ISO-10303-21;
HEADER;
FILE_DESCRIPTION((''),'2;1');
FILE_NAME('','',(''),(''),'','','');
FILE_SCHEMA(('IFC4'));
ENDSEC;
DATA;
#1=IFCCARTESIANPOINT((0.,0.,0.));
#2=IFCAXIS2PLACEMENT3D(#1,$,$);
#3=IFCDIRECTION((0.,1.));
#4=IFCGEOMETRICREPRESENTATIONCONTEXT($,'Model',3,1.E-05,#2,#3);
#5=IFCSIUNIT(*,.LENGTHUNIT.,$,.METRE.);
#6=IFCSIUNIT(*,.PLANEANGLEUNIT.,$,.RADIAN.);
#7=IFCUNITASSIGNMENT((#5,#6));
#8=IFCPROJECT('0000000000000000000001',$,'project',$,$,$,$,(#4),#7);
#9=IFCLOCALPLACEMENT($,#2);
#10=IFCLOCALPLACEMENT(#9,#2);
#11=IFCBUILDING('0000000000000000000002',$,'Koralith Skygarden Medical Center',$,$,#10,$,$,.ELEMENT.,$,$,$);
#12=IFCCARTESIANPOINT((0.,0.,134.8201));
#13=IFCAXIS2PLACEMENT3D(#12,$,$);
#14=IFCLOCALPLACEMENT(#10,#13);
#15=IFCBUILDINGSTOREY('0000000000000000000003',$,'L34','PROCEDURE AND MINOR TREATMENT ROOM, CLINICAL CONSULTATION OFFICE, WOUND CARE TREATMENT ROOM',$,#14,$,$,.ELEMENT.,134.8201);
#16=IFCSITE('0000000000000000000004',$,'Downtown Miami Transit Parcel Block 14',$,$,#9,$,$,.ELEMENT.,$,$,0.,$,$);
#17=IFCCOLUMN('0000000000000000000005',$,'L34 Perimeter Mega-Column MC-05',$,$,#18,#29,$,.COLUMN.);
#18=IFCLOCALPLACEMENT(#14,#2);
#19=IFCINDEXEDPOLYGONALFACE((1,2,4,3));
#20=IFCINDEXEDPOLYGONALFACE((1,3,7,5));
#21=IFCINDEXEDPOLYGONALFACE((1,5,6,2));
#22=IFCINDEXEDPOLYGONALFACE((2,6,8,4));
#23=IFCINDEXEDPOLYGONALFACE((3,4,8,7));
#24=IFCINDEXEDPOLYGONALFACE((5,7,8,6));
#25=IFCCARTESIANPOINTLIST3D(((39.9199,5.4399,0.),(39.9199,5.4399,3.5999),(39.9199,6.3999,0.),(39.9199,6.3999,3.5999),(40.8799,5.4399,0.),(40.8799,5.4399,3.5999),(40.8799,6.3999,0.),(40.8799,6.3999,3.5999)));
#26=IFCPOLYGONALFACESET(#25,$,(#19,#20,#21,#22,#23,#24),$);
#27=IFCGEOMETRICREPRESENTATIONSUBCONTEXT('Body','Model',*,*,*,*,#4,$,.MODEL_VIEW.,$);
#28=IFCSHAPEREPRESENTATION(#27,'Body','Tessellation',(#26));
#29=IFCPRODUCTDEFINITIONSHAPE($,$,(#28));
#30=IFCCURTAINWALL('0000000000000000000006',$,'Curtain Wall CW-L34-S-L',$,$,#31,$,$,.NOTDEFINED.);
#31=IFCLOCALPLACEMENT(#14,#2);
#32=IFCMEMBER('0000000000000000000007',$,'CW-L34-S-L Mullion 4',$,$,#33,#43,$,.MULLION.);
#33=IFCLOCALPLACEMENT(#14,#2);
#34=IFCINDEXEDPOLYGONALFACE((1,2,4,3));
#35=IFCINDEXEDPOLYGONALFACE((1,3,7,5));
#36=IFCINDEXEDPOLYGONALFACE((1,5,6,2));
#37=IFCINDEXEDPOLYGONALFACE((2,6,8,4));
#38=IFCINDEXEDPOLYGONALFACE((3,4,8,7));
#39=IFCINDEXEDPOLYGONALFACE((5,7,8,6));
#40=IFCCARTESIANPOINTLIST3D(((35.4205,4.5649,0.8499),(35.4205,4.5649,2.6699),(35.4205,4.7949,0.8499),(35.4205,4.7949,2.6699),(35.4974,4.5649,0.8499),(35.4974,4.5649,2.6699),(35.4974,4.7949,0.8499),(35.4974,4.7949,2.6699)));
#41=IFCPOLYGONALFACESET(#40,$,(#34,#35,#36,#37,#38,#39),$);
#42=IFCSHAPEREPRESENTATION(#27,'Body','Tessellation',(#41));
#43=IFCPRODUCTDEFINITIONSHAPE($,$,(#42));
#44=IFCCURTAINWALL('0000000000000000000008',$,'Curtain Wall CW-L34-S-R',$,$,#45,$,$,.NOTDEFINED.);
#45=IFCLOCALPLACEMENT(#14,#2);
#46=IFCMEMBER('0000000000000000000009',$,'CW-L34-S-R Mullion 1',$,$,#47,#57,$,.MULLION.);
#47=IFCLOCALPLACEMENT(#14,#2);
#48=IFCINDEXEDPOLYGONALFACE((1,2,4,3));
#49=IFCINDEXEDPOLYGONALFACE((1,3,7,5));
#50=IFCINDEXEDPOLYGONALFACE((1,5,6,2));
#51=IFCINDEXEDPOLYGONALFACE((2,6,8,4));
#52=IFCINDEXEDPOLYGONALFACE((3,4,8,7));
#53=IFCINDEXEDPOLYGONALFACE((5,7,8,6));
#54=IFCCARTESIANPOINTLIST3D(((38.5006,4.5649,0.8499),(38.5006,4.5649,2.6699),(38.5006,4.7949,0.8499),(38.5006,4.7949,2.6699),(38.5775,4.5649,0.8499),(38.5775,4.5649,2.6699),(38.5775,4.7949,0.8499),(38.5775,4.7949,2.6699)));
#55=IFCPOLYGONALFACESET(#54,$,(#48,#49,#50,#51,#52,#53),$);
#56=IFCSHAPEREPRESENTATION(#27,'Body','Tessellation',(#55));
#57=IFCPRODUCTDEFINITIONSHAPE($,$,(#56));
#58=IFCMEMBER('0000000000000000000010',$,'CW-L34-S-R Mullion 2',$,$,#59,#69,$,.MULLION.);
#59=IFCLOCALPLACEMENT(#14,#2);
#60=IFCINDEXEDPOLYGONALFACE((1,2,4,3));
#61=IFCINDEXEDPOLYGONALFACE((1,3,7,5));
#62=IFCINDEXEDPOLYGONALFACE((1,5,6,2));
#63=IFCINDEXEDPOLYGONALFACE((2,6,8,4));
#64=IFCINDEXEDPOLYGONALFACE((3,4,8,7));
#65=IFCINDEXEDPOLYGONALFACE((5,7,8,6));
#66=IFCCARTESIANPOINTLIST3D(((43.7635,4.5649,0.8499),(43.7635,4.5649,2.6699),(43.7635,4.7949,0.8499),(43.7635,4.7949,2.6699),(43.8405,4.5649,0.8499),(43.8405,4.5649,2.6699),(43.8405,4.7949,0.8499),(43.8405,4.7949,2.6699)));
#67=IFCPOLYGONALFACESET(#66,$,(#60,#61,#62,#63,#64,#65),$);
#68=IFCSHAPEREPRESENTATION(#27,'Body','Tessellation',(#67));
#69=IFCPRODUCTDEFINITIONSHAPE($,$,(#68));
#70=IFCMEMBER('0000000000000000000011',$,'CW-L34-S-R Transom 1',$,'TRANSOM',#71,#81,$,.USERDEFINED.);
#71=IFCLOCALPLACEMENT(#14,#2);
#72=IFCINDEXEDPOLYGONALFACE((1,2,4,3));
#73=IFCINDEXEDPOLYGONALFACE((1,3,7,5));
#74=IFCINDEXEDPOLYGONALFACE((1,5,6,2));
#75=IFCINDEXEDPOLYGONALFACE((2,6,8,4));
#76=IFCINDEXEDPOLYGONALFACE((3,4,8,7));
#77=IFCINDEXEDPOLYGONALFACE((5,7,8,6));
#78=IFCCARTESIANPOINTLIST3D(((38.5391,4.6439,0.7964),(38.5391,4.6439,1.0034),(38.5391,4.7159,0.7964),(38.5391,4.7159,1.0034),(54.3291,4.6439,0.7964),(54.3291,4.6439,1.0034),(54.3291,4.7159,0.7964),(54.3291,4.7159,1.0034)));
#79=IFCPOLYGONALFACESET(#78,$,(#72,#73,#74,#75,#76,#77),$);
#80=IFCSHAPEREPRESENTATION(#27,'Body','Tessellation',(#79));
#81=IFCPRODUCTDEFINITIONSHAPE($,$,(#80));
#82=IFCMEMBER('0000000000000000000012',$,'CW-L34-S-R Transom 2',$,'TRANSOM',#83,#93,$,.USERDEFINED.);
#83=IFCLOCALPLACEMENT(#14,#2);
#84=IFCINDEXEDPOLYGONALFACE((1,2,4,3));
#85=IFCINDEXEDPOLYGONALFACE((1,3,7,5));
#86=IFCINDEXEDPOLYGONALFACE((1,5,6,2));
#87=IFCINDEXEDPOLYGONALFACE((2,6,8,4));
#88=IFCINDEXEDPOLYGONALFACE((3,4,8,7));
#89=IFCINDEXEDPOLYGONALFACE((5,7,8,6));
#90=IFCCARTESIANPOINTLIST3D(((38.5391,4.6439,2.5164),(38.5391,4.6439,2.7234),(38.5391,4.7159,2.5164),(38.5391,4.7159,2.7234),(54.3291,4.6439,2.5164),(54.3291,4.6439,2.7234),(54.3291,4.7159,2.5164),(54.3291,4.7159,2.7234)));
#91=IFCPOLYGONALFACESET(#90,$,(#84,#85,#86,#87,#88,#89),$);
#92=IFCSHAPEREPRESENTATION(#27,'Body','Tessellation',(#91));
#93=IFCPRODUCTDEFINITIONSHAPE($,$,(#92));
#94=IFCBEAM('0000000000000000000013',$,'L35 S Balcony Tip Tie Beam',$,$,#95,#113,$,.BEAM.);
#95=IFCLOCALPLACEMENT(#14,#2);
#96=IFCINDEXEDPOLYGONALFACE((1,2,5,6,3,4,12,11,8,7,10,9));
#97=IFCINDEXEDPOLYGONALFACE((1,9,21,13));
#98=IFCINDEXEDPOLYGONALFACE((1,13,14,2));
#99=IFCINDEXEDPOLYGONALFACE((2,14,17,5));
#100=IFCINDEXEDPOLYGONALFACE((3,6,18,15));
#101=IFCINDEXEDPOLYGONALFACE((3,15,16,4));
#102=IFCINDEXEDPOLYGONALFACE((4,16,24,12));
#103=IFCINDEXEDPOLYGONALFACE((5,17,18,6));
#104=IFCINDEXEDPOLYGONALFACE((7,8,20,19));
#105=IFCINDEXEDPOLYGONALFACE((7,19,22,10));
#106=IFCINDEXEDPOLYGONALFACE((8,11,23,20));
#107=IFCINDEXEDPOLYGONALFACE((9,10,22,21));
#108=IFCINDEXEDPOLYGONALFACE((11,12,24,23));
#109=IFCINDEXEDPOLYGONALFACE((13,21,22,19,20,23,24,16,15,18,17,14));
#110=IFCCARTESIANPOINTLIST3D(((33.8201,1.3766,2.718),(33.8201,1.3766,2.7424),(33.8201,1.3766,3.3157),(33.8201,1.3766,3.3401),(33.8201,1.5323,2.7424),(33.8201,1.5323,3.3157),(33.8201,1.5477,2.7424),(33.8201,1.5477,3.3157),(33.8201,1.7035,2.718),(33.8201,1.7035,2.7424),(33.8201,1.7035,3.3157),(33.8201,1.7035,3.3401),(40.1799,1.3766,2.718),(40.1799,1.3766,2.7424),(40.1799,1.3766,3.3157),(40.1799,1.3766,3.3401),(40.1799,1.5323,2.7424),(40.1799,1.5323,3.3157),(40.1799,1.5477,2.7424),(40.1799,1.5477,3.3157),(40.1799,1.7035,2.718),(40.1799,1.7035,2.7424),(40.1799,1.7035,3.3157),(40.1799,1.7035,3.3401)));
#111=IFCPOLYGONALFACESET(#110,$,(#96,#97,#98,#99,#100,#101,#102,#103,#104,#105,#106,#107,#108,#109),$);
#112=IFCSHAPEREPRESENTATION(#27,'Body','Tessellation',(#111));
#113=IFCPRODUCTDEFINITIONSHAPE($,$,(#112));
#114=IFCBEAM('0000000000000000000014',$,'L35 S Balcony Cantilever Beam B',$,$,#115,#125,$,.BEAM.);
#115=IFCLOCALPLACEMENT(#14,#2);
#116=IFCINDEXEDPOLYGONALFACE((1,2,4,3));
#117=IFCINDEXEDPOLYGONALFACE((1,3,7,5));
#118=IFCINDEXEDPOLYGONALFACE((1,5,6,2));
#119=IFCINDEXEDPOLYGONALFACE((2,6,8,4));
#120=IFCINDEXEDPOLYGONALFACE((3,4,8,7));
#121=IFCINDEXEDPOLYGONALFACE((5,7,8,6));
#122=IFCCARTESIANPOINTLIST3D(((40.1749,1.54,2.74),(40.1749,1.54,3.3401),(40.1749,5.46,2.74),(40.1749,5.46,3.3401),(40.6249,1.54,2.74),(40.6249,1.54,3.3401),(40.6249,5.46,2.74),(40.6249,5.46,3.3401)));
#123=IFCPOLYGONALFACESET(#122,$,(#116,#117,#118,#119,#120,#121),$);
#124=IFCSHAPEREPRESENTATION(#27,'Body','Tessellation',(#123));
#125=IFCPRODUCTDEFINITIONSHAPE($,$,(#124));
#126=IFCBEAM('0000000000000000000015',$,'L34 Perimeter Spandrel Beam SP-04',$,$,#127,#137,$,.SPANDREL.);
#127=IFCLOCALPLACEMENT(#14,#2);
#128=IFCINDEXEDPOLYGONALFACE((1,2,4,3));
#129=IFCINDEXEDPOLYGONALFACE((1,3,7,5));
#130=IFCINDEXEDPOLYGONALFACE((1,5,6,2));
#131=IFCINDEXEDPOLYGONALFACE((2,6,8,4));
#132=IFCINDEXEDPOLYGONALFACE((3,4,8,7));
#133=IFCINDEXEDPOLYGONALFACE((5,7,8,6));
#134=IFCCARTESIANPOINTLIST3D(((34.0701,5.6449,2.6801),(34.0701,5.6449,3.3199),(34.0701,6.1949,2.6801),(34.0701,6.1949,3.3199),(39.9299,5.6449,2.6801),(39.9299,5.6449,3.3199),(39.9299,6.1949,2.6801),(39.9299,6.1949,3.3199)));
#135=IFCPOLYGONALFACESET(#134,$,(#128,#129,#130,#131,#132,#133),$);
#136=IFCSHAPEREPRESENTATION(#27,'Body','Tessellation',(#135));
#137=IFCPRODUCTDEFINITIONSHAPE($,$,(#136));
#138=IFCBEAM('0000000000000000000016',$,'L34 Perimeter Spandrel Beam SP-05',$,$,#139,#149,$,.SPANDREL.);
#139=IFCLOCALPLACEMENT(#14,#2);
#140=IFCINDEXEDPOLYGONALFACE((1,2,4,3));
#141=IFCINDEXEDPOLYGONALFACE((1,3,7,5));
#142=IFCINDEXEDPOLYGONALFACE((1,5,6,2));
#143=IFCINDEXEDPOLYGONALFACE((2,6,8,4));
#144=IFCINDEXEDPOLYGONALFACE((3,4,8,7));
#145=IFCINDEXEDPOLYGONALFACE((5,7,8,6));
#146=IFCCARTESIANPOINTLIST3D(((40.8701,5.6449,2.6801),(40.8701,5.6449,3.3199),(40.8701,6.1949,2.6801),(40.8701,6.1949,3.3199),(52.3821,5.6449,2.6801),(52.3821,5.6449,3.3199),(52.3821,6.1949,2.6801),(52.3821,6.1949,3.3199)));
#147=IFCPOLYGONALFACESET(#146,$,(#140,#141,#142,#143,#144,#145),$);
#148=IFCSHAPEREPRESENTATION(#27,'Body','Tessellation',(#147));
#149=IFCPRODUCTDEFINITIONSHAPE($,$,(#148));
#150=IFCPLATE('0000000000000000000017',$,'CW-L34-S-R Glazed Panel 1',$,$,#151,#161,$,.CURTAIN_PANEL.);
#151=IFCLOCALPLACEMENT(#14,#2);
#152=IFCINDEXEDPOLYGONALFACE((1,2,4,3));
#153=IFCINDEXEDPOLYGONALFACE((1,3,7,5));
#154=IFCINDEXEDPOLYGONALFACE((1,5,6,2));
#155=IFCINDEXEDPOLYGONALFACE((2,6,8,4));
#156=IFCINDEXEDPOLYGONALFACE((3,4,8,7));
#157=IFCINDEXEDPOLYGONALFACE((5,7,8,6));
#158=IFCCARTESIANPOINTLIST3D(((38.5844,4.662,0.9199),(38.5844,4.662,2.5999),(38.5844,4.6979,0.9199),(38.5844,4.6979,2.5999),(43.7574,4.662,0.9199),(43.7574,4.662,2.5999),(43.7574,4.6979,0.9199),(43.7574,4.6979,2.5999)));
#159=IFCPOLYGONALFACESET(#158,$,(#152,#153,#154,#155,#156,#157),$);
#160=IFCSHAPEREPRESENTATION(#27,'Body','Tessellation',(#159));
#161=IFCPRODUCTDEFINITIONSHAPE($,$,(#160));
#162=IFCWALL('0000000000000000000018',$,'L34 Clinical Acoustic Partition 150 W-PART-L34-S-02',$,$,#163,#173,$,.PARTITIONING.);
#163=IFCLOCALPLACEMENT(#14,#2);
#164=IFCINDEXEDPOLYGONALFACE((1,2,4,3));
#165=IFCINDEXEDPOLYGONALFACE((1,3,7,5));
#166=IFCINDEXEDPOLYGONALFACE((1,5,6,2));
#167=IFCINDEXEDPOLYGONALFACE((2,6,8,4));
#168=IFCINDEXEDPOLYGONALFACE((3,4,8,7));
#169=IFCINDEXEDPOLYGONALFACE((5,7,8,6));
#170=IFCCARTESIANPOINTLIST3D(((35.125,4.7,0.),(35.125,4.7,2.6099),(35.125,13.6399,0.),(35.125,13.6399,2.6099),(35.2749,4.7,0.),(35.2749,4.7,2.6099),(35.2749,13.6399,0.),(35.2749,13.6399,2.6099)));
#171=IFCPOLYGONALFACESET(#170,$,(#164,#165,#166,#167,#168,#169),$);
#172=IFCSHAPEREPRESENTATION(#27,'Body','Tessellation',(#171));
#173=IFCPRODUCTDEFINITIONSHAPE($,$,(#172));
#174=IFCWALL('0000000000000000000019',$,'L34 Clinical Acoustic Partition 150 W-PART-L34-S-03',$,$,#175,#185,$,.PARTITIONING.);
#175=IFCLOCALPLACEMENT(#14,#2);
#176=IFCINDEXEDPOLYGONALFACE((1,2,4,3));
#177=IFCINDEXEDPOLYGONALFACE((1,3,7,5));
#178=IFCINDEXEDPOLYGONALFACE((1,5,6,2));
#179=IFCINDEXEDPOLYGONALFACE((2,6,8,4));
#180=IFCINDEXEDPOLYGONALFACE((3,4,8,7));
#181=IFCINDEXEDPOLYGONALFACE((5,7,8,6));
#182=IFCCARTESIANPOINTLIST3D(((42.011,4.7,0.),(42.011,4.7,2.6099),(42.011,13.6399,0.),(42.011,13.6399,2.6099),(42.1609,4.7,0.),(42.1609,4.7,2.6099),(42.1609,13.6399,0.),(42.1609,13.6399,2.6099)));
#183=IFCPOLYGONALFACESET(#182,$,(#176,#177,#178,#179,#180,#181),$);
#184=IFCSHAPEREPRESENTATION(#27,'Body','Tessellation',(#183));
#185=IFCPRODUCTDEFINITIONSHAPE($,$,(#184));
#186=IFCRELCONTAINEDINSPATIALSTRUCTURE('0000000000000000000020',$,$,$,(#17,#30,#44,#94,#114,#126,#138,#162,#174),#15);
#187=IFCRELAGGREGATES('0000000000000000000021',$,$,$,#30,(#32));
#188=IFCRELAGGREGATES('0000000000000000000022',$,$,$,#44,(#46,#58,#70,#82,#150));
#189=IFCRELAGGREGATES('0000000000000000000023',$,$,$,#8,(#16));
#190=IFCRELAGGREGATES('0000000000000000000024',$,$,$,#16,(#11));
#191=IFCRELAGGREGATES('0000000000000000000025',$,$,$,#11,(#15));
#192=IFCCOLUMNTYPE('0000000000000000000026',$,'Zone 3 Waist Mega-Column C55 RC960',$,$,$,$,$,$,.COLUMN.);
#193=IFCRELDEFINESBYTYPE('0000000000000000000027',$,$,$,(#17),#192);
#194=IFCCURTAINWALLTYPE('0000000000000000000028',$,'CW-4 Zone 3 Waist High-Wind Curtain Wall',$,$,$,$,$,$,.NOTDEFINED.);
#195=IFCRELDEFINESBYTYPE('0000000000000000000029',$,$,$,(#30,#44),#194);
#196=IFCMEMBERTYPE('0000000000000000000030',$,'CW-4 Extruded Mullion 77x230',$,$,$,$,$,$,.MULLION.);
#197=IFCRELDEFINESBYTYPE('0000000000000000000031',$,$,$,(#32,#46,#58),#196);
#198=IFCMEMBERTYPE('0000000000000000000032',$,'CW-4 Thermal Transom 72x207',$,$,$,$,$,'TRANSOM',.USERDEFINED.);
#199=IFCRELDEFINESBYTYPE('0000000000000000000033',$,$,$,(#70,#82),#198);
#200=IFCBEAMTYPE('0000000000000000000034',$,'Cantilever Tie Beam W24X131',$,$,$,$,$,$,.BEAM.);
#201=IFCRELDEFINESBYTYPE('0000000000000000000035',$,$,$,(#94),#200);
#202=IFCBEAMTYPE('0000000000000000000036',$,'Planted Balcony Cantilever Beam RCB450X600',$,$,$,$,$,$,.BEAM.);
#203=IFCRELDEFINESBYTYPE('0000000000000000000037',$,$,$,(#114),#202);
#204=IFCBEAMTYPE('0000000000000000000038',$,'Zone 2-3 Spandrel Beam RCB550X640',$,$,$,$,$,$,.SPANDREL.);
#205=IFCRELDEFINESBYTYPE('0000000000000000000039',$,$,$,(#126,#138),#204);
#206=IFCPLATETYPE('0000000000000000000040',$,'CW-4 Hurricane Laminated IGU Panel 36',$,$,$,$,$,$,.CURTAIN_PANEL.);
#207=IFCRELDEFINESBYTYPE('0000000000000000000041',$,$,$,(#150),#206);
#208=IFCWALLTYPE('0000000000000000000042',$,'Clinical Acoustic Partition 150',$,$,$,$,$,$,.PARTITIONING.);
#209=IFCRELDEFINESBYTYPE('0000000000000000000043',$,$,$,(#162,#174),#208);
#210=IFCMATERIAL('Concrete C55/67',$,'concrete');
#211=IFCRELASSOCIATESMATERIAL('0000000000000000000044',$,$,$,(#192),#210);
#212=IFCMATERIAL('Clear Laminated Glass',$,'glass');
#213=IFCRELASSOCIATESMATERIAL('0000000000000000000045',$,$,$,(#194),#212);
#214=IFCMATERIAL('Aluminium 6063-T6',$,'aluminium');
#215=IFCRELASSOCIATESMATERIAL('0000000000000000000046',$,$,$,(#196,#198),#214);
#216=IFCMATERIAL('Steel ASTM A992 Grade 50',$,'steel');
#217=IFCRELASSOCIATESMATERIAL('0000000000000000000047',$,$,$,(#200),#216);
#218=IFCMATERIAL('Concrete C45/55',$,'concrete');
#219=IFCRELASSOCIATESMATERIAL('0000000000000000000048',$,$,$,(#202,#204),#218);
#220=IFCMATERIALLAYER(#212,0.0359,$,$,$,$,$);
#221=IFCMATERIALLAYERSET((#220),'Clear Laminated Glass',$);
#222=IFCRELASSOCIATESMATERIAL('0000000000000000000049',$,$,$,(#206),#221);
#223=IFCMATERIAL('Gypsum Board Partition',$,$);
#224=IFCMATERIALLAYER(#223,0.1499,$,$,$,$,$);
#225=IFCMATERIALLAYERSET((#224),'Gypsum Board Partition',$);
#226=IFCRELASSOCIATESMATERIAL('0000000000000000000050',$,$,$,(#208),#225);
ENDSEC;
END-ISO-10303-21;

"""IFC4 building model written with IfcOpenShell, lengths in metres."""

from ifc_helpers import new_model, si_unit, direction, frame, frame_2d, origin, origin_2d, place, context, subcontext, project, spatial, rectangle, i_section, extrude, material, layer, layer_set, material_profile, profile_set, type_object, element, aggregate, save


model = new_model("IFC4")

# Units and contexts
model_context = context("Model", 3, precision=1e-05, world=origin(), true_north=direction((0.0, 1.0)))
body_context = subcontext(model_context, "Body", "Model", "MODEL_VIEW")
ifc_project = project(units=[si_unit("LENGTHUNIT", "METRE"), si_unit("PLANEANGLEUNIT", "RADIAN")], contexts=[model_context])

# Site, building, storey
site_placement = place(None, origin())
site = spatial("IfcSite", under=ifc_project, at=site_placement, Name="Downtown Miami Transit Parcel Block 14", CompositionType="ELEMENT", RefElevation=0.0)
building_placement = place(site_placement, origin())
building = spatial("IfcBuilding", under=site, at=building_placement, Name="Koralith Skygarden Medical Center", CompositionType="ELEMENT")
storey_placement = place(building_placement, frame((0.0, 0.0, 134.8201)))
storey = spatial("IfcBuildingStorey", under=building, at=storey_placement, Name="L34", Description="PROCEDURE AND MINOR TREATMENT ROOM, CLINICAL CONSULTATION OFFICE, WOUND CARE TREATMENT ROOM", CompositionType="ELEMENT", Elevation=134.8201)

# Column
ifc_material_1 = material(Name="Concrete C55/67", Category="concrete")
ifc_material_profile_1 = material_profile(ifc_material_1, rectangle(XDim=0.96, YDim=0.96, at=origin_2d()), Name="RC960X960")
ifc_profile_set_1 = profile_set([ifc_material_profile_1], Name="Concrete C55/67")
column_type = type_object("IfcColumnType", Name="Zone 3 Waist Mega-Column C55 RC960", PredefinedType="COLUMN", material=ifc_profile_set_1)
column_placement = place(storey_placement, frame((40.3999, 5.9199, 0.0), z_axis=(0.0, 0.0, 1.0), x_axis=(1.0, 0.0, 0.0)))
element("IfcColumn", 1, at=column_placement, inside=storey, type_object=column_type, Name="L34 Perimeter Mega-Column MC-05", PredefinedType="COLUMN", context=body_context, shape_type="SweptSolid", body=[
    extrude(rectangle(XDim=0.96, YDim=0.96, at=origin_2d()), origin(), (0.0, 0.0, 1.0), 3.5999),
])

# Curtain wall, member
ifc_material_2 = material(Name="Clear Laminated Glass", Category="glass")
curtain_wall_type = type_object("IfcCurtainWallType", Name="CW-4 Zone 3 Waist High-Wind Curtain Wall", PredefinedType="NOTDEFINED", material=ifc_material_2)
curtain_wall_1_placement = place(storey_placement, origin())
curtain_wall_1 = element("IfcCurtainWall", 2, at=curtain_wall_1_placement, inside=storey, type_object=curtain_wall_type, Name="Curtain Wall CW-L34-S-L", PredefinedType="NOTDEFINED")
ifc_material_3 = material(Name="Aluminium 6063-T6", Category="aluminium")
ifc_material_profile_2 = material_profile(ifc_material_3, rectangle(XDim=0.0769, YDim=0.23, at=origin_2d()), Name="MUL77X230")
ifc_profile_set_2 = profile_set([ifc_material_profile_2], Name="Aluminium 6063-T6")
member_type_1 = type_object("IfcMemberType", Name="CW-4 Extruded Mullion 77x230", PredefinedType="MULLION", material=ifc_profile_set_2)
member_1_placement = place(storey_placement, frame((35.459, 4.6799, 0.8499), z_axis=(0.0, 0.0, 1.0), x_axis=(1.0, 0.0, 0.0)))
member_1 = element("IfcMember", 3, at=member_1_placement, type_object=member_type_1, Name="CW-L34-S-L Mullion 4", PredefinedType="MULLION", context=body_context, shape_type="SweptSolid", body=[
    extrude(rectangle(XDim=0.0769, YDim=0.23, at=origin_2d()), origin(), (0.0, 0.0, 1.0), 1.8201),
])
aggregate(curtain_wall_1, [member_1])

# Curtain wall, members
curtain_wall_2_placement = place(storey_placement, origin())
curtain_wall_2 = element("IfcCurtainWall", 4, at=curtain_wall_2_placement, inside=storey, type_object=curtain_wall_type, Name="Curtain Wall CW-L34-S-R", PredefinedType="NOTDEFINED")
member_2_placement = place(storey_placement, frame((38.5391, 4.6799, 0.8499), z_axis=(0.0, 0.0, 1.0), x_axis=(1.0, 0.0, 0.0)))
member_2 = element("IfcMember", 5, at=member_2_placement, type_object=member_type_1, Name="CW-L34-S-R Mullion 1", PredefinedType="MULLION", context=body_context, shape_type="SweptSolid", body=[
    extrude(rectangle(XDim=0.0769, YDim=0.23, at=origin_2d()), origin(), (0.0, 0.0, 1.0), 1.8201),
])
member_3_placement = place(storey_placement, frame((43.802, 4.6799, 0.8499), z_axis=(0.0, 0.0, 1.0), x_axis=(1.0, 0.0, 0.0)))
member_3 = element("IfcMember", 6, at=member_3_placement, type_object=member_type_1, Name="CW-L34-S-R Mullion 2", PredefinedType="MULLION", context=body_context, shape_type="SweptSolid", body=[
    extrude(rectangle(XDim=0.0769, YDim=0.23, at=origin_2d()), origin(), (0.0, 0.0, 1.0), 1.8201),
])
ifc_material_profile_3 = material_profile(ifc_material_3, rectangle(XDim=0.072, YDim=0.207, at=origin_2d()), Name="TRN72X207")
ifc_profile_set_3 = profile_set([ifc_material_profile_3], Name="Aluminium 6063-T6")
member_type_2 = type_object("IfcMemberType", Name="CW-4 Thermal Transom 72x207", ElementType="TRANSOM", PredefinedType="USERDEFINED", material=ifc_profile_set_3)
member_4_placement = place(storey_placement, frame((38.5391, 4.6799, 0.8999), z_axis=(1.0, 0.0, 0.0), x_axis=(0.0, 1.0, 0.0)))
member_4 = element("IfcMember", 7, at=member_4_placement, type_object=member_type_2, Name="CW-L34-S-R Transom 1", ObjectType="TRANSOM", PredefinedType="USERDEFINED", context=body_context, shape_type="SweptSolid", body=[
    extrude(rectangle(XDim=0.072, YDim=0.207, at=origin_2d()), origin(), (0.0, 0.0, 1.0), 15.79),
])
member_5_placement = place(storey_placement, frame((38.5391, 4.6799, 2.6199), z_axis=(1.0, 0.0, 0.0), x_axis=(0.0, 1.0, 0.0)))
member_5 = element("IfcMember", 8, at=member_5_placement, type_object=member_type_2, Name="CW-L34-S-R Transom 2", ObjectType="TRANSOM", PredefinedType="USERDEFINED", context=body_context, shape_type="SweptSolid", body=[
    extrude(rectangle(XDim=0.072, YDim=0.207, at=origin_2d()), origin(), (0.0, 0.0, 1.0), 15.79),
])

# Beams
ifc_material_4 = material(Name="Steel ASTM A992 Grade 50", Category="steel")
ifc_material_profile_4 = material_profile(ifc_material_4, i_section(OverallWidth=0.3269, OverallDepth=0.6221, WebThickness=0.0154, FlangeThickness=0.0244, at=origin_2d()), Name="W24X131")
ifc_profile_set_4 = profile_set([ifc_material_profile_4], Name="Steel ASTM A992 Grade 50")
beam_type_1 = type_object("IfcBeamType", Name="Cantilever Tie Beam W24X131", PredefinedType="BEAM", material=ifc_profile_set_4)
beam_1_placement = place(storey_placement, frame((33.8201, 1.54, 3.0291), z_axis=(1.0, 0.0, 0.0), x_axis=(0.0, 1.0, 0.0)))
element("IfcBeam", 9, at=beam_1_placement, inside=storey, type_object=beam_type_1, Name="L35 S Balcony Tip Tie Beam", PredefinedType="BEAM", context=body_context, shape_type="SweptSolid", body=[
    extrude(i_section(OverallWidth=0.3269, OverallDepth=0.6221, WebThickness=0.0154, FlangeThickness=0.0244, at=origin_2d()), origin(), (0.0, 0.0, 1.0), 6.3599),
])
ifc_material_5 = material(Name="Concrete C45/55", Category="concrete")
ifc_material_profile_5 = material_profile(ifc_material_5, rectangle(XDim=0.45, YDim=0.6001, at=origin_2d()), Name="RCB450X600")
ifc_profile_set_5 = profile_set([ifc_material_profile_5], Name="Concrete C45/55")
beam_type_2 = type_object("IfcBeamType", Name="Planted Balcony Cantilever Beam RCB450X600", PredefinedType="BEAM", material=ifc_profile_set_5)
beam_2_placement = place(storey_placement, frame((40.3999, 5.46, 3.04), z_axis=(0.0, -1.0, 0.0), x_axis=(1.0, 0.0, 0.0)))
element("IfcBeam", 10, at=beam_2_placement, inside=storey, type_object=beam_type_2, Name="L35 S Balcony Cantilever Beam B", PredefinedType="BEAM", context=body_context, shape_type="SweptSolid", body=[
    extrude(rectangle(XDim=0.45, YDim=0.6001, at=origin_2d()), origin(), (0.0, 0.0, 1.0), 3.9199),
])
ifc_material_profile_6 = material_profile(ifc_material_5, rectangle(XDim=0.55, YDim=0.6399, at=origin_2d()), Name="RCB550X640")
ifc_profile_set_6 = profile_set([ifc_material_profile_6], Name="Concrete C45/55")
beam_type_3 = type_object("IfcBeamType", Name="Zone 2-3 Spandrel Beam RCB550X640", PredefinedType="SPANDREL", material=ifc_profile_set_6)
beam_3_placement = place(storey_placement, frame((34.0701, 5.9199, 3.0), z_axis=(1.0, 0.0, 0.0), x_axis=(0.0, 1.0, 0.0)))
element("IfcBeam", 11, at=beam_3_placement, inside=storey, type_object=beam_type_3, Name="L34 Perimeter Spandrel Beam SP-04", PredefinedType="SPANDREL", context=body_context, shape_type="SweptSolid", body=[
    extrude(rectangle(XDim=0.55, YDim=0.6399, at=origin_2d()), origin(), (0.0, 0.0, 1.0), 5.8599),
])
beam_4_placement = place(storey_placement, frame((40.8701, 5.9199, 3.0), z_axis=(1.0, 0.0, 0.0), x_axis=(0.0, 1.0, 0.0)))
element("IfcBeam", 12, at=beam_4_placement, inside=storey, type_object=beam_type_3, Name="L34 Perimeter Spandrel Beam SP-05", PredefinedType="SPANDREL", context=body_context, shape_type="SweptSolid", body=[
    extrude(rectangle(XDim=0.55, YDim=0.6399, at=origin_2d()), origin(), (0.0, 0.0, 1.0), 11.512),
])

# Plate
ifc_layer_1 = layer(ifc_material_2, 0.0359)
ifc_layer_set_1 = layer_set([ifc_layer_1], Name="Clear Laminated Glass")
plate_type = type_object("IfcPlateType", Name="CW-4 Hurricane Laminated IGU Panel 36", PredefinedType="CURTAIN_PANEL", material=ifc_layer_set_1)
plate_placement = place(storey_placement, frame((41.1709, 4.6799, 0.9199), z_axis=(0.0, 0.0, 1.0), x_axis=(1.0, 0.0, 0.0)))
plate = element("IfcPlate", 13, at=plate_placement, type_object=plate_type, Name="CW-L34-S-R Glazed Panel 1", PredefinedType="CURTAIN_PANEL", context=body_context, shape_type="SweptSolid", body=[
    extrude(rectangle(XDim=5.1731, YDim=0.0359, at=origin_2d()), origin(), (0.0, 0.0, 1.0), 1.6799),
])
aggregate(curtain_wall_2, [member_2, member_3, member_4, member_5, plate])

# Walls
ifc_material_6 = material(Name="Gypsum Board Partition")
ifc_layer_2 = layer(ifc_material_6, 0.1499)
ifc_layer_set_2 = layer_set([ifc_layer_2], Name="Gypsum Board Partition")
wall_type_1 = type_object("IfcWallType", Name="Clinical Acoustic Partition 150", PredefinedType="PARTITIONING", material=ifc_layer_set_2)
for number, where, z_axis, x_axis, name in (
    (14, (35.2, 13.6399, 0.0), (0.0, 0.0, 1.0), (0.0, -1.0, 0.0), "L34 Clinical Acoustic Partition 150 W-PART-L34-S-02"),
    (15, (42.0859, 13.6399, 0.0), (0.0, 0.0, 1.0), (0.0, -1.0, 0.0), "L34 Clinical Acoustic Partition 150 W-PART-L34-S-03"),
):
    element("IfcWall", number, at=place(storey_placement, frame(where, z_axis=z_axis, x_axis=x_axis)), inside=storey, type_object=wall_type_1, Name=name, PredefinedType="PARTITIONING", context=body_context, shape_type="SweptSolid", body=[
        extrude(rectangle(XDim=8.9399, YDim=0.1499, at=frame_2d((4.47, 0.0))), origin(), (0.0, 0.0, 1.0), 2.6099),
    ])

save(model, "model.ifc")
